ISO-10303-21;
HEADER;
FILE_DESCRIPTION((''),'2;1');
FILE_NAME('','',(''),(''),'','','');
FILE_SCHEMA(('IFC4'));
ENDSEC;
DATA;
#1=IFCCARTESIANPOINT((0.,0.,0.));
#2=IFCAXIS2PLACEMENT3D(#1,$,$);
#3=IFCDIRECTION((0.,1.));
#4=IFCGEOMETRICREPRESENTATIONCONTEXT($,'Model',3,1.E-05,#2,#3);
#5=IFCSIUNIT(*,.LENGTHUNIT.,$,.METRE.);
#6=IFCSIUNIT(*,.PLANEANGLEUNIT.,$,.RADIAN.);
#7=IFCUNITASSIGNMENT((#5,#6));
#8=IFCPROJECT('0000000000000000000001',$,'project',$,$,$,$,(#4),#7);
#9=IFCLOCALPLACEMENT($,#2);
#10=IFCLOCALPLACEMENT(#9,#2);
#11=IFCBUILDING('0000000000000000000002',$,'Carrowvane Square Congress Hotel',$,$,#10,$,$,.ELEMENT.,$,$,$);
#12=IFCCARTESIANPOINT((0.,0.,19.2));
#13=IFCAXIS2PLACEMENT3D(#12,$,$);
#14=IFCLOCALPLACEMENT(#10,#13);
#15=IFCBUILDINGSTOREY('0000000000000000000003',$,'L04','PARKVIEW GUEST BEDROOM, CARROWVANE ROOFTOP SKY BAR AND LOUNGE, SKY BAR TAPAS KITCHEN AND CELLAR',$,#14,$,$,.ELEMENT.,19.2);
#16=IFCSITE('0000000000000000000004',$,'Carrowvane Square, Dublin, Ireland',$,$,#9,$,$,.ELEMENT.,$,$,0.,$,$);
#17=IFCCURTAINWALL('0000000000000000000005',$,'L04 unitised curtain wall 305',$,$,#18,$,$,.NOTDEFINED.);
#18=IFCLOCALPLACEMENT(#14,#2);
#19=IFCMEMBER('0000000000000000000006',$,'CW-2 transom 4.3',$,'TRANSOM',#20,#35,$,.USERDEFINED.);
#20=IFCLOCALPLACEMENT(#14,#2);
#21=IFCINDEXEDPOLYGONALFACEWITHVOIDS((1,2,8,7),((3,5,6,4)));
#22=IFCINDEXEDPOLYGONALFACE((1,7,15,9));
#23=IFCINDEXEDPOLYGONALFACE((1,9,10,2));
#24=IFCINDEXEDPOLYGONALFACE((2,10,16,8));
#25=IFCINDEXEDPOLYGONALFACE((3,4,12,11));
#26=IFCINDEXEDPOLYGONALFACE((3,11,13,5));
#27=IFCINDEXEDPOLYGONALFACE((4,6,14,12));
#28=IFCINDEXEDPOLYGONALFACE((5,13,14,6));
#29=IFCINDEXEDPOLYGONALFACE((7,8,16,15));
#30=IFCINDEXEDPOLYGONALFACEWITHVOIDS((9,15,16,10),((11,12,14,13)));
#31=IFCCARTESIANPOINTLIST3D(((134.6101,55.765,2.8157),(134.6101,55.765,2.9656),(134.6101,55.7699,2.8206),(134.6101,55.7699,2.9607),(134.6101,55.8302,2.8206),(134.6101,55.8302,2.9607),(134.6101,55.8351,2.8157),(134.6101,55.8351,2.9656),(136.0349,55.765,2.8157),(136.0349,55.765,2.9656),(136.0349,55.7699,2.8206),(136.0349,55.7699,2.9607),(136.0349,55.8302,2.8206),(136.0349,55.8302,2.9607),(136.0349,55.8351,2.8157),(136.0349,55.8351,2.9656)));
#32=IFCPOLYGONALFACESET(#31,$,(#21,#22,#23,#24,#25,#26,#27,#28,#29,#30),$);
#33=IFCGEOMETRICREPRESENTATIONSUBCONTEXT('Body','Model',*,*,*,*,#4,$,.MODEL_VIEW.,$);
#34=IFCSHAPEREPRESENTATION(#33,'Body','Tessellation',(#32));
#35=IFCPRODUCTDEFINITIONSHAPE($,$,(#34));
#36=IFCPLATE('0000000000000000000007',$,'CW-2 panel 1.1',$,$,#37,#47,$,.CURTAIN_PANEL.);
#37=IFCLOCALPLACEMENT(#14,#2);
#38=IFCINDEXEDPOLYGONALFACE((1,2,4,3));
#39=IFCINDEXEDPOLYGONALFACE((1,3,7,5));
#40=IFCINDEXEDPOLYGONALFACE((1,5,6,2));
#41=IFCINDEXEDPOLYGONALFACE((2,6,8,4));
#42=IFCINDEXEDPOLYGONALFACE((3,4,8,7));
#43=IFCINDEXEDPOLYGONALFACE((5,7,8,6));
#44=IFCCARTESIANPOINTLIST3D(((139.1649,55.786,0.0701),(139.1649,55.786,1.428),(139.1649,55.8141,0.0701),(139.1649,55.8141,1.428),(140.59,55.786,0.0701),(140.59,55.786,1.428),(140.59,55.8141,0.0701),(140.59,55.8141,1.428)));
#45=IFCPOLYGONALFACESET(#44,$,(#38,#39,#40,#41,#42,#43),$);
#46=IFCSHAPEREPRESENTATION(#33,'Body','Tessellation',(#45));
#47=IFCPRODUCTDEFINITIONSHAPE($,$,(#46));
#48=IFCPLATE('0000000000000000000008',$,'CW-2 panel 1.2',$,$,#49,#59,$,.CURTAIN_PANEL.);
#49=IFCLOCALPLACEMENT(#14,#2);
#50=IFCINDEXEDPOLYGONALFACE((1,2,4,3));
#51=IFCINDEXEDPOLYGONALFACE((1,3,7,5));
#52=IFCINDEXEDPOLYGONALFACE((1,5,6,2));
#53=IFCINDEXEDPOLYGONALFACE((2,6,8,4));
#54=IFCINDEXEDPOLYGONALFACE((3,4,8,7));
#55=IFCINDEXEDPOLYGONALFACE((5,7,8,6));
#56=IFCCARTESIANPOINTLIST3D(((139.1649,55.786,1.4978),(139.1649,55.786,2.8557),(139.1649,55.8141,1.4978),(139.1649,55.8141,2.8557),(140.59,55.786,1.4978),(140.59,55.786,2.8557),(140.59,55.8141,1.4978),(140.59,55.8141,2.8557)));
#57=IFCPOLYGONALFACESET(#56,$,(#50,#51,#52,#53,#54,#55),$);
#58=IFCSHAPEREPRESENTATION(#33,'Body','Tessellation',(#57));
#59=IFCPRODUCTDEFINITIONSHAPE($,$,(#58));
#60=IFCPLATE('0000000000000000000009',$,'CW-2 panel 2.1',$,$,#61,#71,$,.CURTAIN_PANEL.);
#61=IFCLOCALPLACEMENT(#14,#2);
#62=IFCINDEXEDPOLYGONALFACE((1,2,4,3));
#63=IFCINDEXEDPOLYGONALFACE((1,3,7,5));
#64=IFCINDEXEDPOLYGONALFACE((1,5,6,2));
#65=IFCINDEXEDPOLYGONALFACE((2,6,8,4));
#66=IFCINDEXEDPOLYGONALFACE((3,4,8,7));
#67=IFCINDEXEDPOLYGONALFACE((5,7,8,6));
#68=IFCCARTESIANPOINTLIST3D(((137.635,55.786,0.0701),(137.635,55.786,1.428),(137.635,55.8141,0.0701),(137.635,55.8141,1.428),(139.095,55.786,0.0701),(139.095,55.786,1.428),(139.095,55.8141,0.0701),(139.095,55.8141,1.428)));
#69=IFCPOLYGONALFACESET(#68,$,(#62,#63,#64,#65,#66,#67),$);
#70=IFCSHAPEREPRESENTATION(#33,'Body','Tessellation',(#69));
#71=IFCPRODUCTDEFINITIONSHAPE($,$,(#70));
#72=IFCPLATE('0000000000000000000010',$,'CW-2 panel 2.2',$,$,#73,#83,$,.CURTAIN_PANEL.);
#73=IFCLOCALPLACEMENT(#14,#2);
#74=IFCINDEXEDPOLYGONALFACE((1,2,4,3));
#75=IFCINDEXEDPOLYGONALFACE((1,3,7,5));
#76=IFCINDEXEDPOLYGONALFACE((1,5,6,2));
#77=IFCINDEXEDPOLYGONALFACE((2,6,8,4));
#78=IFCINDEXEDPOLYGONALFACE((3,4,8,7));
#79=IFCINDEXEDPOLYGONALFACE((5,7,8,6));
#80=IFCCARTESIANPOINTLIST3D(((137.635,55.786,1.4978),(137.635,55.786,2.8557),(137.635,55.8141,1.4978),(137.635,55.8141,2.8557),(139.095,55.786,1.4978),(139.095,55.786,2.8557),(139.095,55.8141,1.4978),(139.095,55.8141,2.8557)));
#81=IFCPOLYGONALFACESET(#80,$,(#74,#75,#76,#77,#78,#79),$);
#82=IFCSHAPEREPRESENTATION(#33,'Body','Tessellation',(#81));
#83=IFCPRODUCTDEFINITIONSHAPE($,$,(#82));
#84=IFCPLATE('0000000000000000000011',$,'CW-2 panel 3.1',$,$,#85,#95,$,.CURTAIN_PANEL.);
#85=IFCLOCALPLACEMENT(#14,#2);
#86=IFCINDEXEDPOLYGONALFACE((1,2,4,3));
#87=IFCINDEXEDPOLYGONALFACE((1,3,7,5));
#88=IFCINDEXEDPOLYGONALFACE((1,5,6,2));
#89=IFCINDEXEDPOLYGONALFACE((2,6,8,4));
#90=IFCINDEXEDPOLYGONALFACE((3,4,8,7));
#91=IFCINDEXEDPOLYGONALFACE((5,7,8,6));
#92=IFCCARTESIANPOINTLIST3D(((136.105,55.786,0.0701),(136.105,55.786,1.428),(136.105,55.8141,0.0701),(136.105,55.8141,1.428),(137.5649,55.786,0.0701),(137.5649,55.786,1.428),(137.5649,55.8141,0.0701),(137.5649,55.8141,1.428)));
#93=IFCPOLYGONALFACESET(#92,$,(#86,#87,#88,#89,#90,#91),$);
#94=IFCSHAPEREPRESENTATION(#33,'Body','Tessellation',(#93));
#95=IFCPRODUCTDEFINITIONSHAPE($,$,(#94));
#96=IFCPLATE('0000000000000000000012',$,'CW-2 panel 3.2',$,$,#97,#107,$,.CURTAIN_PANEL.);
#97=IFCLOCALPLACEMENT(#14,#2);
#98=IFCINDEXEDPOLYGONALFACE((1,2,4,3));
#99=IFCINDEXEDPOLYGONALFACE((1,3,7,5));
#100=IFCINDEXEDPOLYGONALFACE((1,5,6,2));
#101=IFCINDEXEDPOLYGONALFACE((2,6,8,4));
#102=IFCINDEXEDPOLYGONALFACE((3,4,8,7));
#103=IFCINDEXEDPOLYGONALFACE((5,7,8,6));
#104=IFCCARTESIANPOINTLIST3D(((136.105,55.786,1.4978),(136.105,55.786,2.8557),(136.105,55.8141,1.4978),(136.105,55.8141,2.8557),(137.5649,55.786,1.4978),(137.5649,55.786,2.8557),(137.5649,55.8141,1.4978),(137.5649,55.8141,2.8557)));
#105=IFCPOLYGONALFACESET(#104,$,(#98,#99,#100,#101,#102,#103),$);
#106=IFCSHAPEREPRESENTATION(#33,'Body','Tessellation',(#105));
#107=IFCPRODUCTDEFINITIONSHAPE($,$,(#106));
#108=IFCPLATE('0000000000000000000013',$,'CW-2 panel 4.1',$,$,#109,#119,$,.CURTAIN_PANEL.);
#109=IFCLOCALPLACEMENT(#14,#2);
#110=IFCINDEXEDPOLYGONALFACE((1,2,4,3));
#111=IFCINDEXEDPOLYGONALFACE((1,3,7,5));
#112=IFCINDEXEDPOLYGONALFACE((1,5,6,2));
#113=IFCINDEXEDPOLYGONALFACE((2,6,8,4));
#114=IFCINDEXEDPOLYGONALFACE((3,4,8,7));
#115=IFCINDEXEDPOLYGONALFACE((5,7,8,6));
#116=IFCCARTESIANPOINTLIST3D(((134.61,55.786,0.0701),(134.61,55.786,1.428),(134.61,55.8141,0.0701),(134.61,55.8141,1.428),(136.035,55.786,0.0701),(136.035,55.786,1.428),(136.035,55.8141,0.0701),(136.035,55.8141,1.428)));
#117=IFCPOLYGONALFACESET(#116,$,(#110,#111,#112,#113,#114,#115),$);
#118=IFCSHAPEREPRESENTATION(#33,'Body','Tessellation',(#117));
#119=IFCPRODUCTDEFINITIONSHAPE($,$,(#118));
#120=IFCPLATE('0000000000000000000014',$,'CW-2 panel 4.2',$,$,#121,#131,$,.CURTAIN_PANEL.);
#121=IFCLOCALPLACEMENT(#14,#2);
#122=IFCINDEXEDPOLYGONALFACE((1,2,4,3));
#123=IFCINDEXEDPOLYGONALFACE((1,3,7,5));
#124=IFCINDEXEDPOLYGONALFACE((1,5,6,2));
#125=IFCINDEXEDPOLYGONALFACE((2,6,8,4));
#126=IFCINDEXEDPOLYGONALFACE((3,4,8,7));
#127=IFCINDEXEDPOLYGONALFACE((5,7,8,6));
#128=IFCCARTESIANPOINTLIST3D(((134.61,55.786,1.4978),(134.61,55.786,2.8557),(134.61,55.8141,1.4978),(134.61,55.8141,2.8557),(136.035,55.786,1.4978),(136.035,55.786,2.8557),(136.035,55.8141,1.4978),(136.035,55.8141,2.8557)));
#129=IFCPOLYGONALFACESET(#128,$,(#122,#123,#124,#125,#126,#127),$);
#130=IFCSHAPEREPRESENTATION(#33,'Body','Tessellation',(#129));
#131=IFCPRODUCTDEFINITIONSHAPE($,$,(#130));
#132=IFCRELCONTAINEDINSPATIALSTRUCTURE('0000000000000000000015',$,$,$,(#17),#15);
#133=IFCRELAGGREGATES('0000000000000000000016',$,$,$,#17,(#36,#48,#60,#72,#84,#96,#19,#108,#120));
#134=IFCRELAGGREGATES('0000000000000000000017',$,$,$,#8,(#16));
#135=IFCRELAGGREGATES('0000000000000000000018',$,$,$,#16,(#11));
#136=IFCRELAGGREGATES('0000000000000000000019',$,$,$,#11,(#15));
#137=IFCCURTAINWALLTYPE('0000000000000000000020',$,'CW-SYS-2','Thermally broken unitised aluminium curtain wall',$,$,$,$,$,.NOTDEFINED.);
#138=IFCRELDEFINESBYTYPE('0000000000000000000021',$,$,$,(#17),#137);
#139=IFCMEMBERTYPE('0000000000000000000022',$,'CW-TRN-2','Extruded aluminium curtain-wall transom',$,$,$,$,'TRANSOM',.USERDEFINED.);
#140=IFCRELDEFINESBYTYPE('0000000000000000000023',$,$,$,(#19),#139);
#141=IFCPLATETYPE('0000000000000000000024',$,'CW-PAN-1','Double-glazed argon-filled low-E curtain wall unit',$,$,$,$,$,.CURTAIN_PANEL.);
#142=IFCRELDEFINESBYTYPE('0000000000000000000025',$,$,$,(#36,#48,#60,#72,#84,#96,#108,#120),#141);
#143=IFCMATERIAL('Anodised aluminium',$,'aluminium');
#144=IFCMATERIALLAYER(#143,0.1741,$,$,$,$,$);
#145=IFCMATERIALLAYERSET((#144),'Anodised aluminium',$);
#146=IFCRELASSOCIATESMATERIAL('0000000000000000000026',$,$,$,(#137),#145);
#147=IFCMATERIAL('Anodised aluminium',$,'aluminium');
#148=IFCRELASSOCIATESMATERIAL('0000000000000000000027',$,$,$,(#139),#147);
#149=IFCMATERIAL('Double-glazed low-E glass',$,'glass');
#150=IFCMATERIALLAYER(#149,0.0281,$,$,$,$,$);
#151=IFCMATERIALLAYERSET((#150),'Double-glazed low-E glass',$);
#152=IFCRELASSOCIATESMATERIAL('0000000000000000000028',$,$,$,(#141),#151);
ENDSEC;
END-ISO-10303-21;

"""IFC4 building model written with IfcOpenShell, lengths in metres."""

from ifc_helpers import new_model, si_unit, direction, frame, origin, origin_2d, place, context, subcontext, project, spatial, rectangle, hollow_rectangle, extrude, material, layer, layer_set, material_profile, profile_set, type_object, element, aggregate, save


model = new_model("IFC4")

# Units and contexts
model_context = context("Model", 3, precision=1e-05, world=origin(), true_north=direction((0.0, 1.0)))
body_context = subcontext(model_context, "Body", "Model", "MODEL_VIEW")
ifc_project = project(units=[si_unit("LENGTHUNIT", "METRE"), si_unit("PLANEANGLEUNIT", "RADIAN")], contexts=[model_context])

# Site, building, storey
site_placement = place(None, origin())
site = spatial("IfcSite", under=ifc_project, at=site_placement, Name="Carrowvane Square, Dublin, Ireland", CompositionType="ELEMENT", RefElevation=0.0)
building_placement = place(site_placement, origin())
building = spatial("IfcBuilding", under=site, at=building_placement, Name="Carrowvane Square Congress Hotel", CompositionType="ELEMENT")
storey_placement = place(building_placement, frame((0.0, 0.0, 19.2)))
storey = spatial("IfcBuildingStorey", under=building, at=storey_placement, Name="L04", Description="PARKVIEW GUEST BEDROOM, CARROWVANE ROOFTOP SKY BAR AND LOUNGE, SKY BAR TAPAS KITCHEN AND CELLAR", CompositionType="ELEMENT", Elevation=19.2)

# Curtain wall, member, plates
ifc_material_1 = material(Name="Anodised aluminium", Category="aluminium")
ifc_layer_1 = layer(ifc_material_1, 0.1741)
ifc_layer_set_1 = layer_set([ifc_layer_1], Name="Anodised aluminium")
curtain_wall_type = type_object("IfcCurtainWallType", Name="CW-SYS-2", Description="Thermally broken unitised aluminium curtain wall", PredefinedType="NOTDEFINED", material=ifc_layer_set_1)
curtain_wall_placement = place(storey_placement, origin())
curtain_wall = element("IfcCurtainWall", 1, at=curtain_wall_placement, inside=storey, type_object=curtain_wall_type, Name="L04 unitised curtain wall 305", PredefinedType="NOTDEFINED")
ifc_material_2 = material(Name="Anodised aluminium", Category="aluminium")
ifc_material_profile_1 = material_profile(ifc_material_2, hollow_rectangle(XDim=0.0701, YDim=0.1499, WallThickness=0.0049, at=origin_2d()), Name="CW-TR 70x150x5")
ifc_profile_set_1 = profile_set([ifc_material_profile_1], Name="Anodised aluminium")
member_type_1 = type_object("IfcMemberType", Name="CW-TRN-2", Description="Extruded aluminium curtain-wall transom", ElementType="TRANSOM", PredefinedType="USERDEFINED", material=ifc_profile_set_1)
member_1_placement = place(storey_placement, frame((136.0349, 55.8, 2.8906), z_axis=(-1.0, 0.0, 0.0), x_axis=(0.0, -1.0, 0.0)))
member_1 = element("IfcMember", 2, at=member_1_placement, type_object=member_type_1, Name="CW-2 transom 4.3", ObjectType="TRANSOM", PredefinedType="USERDEFINED", context=body_context, shape_type="SweptSolid", body=[
    extrude(hollow_rectangle(XDim=0.0701, YDim=0.1499, WallThickness=0.0049, at=origin_2d()), origin(), (0.0, 0.0, 1.0), 1.4248),
])
ifc_material_3 = material(Name="Double-glazed low-E glass", Category="glass")
ifc_layer_2 = layer(ifc_material_3, 0.0281)
ifc_layer_set_2 = layer_set([ifc_layer_2], Name="Double-glazed low-E glass")
plate_type = type_object("IfcPlateType", Name="CW-PAN-1", Description="Double-glazed argon-filled low-E curtain wall unit", PredefinedType="CURTAIN_PANEL", material=ifc_layer_set_2)
plate_1_placement = place(storey_placement, frame((139.8774, 55.8, 0.0701), z_axis=(0.0, 0.0, 1.0), x_axis=(-1.0, 0.0, 0.0)))
plate_1 = element("IfcPlate", 3, at=plate_1_placement, type_object=plate_type, Name="CW-2 panel 1.1", PredefinedType="CURTAIN_PANEL", context=body_context, shape_type="SweptSolid", body=[
    extrude(rectangle(XDim=1.425, YDim=0.0281, at=origin_2d()), origin(), (0.0, 0.0, 1.0), 1.3579),
])
plate_2_placement = place(storey_placement, frame((139.8774, 55.8, 1.4978), z_axis=(0.0, 0.0, 1.0), x_axis=(-1.0, 0.0, 0.0)))
plate_2 = element("IfcPlate", 4, at=plate_2_placement, type_object=plate_type, Name="CW-2 panel 1.2", PredefinedType="CURTAIN_PANEL", context=body_context, shape_type="SweptSolid", body=[
    extrude(rectangle(XDim=1.425, YDim=0.0281, at=origin_2d()), origin(), (0.0, 0.0, 1.0), 1.3579),
])
plate_3_placement = place(storey_placement, frame((138.365, 55.8, 0.0701), z_axis=(0.0, 0.0, 1.0), x_axis=(-1.0, 0.0, 0.0)))
plate_3 = element("IfcPlate", 5, at=plate_3_placement, type_object=plate_type, Name="CW-2 panel 2.1", PredefinedType="CURTAIN_PANEL", context=body_context, shape_type="SweptSolid", body=[
    extrude(rectangle(XDim=1.46, YDim=0.0281, at=origin_2d()), origin(), (0.0, 0.0, 1.0), 1.3579),
])
plate_4_placement = place(storey_placement, frame((138.365, 55.8, 1.4978), z_axis=(0.0, 0.0, 1.0), x_axis=(-1.0, 0.0, 0.0)))
plate_4 = element("IfcPlate", 6, at=plate_4_placement, type_object=plate_type, Name="CW-2 panel 2.2", PredefinedType="CURTAIN_PANEL", context=body_context, shape_type="SweptSolid", body=[
    extrude(rectangle(XDim=1.46, YDim=0.0281, at=origin_2d()), origin(), (0.0, 0.0, 1.0), 1.3579),
])
plate_5_placement = place(storey_placement, frame((136.835, 55.8, 0.0701), z_axis=(0.0, 0.0, 1.0), x_axis=(-1.0, 0.0, 0.0)))
plate_5 = element("IfcPlate", 7, at=plate_5_placement, type_object=plate_type, Name="CW-2 panel 3.1", PredefinedType="CURTAIN_PANEL", context=body_context, shape_type="SweptSolid", body=[
    extrude(rectangle(XDim=1.46, YDim=0.0281, at=origin_2d()), origin(), (0.0, 0.0, 1.0), 1.3579),
])
plate_6_placement = place(storey_placement, frame((136.835, 55.8, 1.4978), z_axis=(0.0, 0.0, 1.0), x_axis=(-1.0, 0.0, 0.0)))
plate_6 = element("IfcPlate", 8, at=plate_6_placement, type_object=plate_type, Name="CW-2 panel 3.2", PredefinedType="CURTAIN_PANEL", context=body_context, shape_type="SweptSolid", body=[
    extrude(rectangle(XDim=1.46, YDim=0.0281, at=origin_2d()), origin(), (0.0, 0.0, 1.0), 1.3579),
])
plate_7_placement = place(storey_placement, frame((135.3225, 55.8, 0.0701), z_axis=(0.0, 0.0, 1.0), x_axis=(-1.0, 0.0, 0.0)))
plate_7 = element("IfcPlate", 9, at=plate_7_placement, type_object=plate_type, Name="CW-2 panel 4.1", PredefinedType="CURTAIN_PANEL", context=body_context, shape_type="SweptSolid", body=[
    extrude(rectangle(XDim=1.425, YDim=0.0281, at=origin_2d()), origin(), (0.0, 0.0, 1.0), 1.3579),
])
plate_8_placement = place(storey_placement, frame((135.3225, 55.8, 1.4978), z_axis=(0.0, 0.0, 1.0), x_axis=(-1.0, 0.0, 0.0)))
plate_8 = element("IfcPlate", 10, at=plate_8_placement, type_object=plate_type, Name="CW-2 panel 4.2", PredefinedType="CURTAIN_PANEL", context=body_context, shape_type="SweptSolid", body=[
    extrude(rectangle(XDim=1.425, YDim=0.0281, at=origin_2d()), origin(), (0.0, 0.0, 1.0), 1.3579),
])
aggregate(curtain_wall, [plate_1, plate_2, plate_3, plate_4, plate_5, plate_6, member_1, plate_7, plate_8])

save(model, "model.ifc")
